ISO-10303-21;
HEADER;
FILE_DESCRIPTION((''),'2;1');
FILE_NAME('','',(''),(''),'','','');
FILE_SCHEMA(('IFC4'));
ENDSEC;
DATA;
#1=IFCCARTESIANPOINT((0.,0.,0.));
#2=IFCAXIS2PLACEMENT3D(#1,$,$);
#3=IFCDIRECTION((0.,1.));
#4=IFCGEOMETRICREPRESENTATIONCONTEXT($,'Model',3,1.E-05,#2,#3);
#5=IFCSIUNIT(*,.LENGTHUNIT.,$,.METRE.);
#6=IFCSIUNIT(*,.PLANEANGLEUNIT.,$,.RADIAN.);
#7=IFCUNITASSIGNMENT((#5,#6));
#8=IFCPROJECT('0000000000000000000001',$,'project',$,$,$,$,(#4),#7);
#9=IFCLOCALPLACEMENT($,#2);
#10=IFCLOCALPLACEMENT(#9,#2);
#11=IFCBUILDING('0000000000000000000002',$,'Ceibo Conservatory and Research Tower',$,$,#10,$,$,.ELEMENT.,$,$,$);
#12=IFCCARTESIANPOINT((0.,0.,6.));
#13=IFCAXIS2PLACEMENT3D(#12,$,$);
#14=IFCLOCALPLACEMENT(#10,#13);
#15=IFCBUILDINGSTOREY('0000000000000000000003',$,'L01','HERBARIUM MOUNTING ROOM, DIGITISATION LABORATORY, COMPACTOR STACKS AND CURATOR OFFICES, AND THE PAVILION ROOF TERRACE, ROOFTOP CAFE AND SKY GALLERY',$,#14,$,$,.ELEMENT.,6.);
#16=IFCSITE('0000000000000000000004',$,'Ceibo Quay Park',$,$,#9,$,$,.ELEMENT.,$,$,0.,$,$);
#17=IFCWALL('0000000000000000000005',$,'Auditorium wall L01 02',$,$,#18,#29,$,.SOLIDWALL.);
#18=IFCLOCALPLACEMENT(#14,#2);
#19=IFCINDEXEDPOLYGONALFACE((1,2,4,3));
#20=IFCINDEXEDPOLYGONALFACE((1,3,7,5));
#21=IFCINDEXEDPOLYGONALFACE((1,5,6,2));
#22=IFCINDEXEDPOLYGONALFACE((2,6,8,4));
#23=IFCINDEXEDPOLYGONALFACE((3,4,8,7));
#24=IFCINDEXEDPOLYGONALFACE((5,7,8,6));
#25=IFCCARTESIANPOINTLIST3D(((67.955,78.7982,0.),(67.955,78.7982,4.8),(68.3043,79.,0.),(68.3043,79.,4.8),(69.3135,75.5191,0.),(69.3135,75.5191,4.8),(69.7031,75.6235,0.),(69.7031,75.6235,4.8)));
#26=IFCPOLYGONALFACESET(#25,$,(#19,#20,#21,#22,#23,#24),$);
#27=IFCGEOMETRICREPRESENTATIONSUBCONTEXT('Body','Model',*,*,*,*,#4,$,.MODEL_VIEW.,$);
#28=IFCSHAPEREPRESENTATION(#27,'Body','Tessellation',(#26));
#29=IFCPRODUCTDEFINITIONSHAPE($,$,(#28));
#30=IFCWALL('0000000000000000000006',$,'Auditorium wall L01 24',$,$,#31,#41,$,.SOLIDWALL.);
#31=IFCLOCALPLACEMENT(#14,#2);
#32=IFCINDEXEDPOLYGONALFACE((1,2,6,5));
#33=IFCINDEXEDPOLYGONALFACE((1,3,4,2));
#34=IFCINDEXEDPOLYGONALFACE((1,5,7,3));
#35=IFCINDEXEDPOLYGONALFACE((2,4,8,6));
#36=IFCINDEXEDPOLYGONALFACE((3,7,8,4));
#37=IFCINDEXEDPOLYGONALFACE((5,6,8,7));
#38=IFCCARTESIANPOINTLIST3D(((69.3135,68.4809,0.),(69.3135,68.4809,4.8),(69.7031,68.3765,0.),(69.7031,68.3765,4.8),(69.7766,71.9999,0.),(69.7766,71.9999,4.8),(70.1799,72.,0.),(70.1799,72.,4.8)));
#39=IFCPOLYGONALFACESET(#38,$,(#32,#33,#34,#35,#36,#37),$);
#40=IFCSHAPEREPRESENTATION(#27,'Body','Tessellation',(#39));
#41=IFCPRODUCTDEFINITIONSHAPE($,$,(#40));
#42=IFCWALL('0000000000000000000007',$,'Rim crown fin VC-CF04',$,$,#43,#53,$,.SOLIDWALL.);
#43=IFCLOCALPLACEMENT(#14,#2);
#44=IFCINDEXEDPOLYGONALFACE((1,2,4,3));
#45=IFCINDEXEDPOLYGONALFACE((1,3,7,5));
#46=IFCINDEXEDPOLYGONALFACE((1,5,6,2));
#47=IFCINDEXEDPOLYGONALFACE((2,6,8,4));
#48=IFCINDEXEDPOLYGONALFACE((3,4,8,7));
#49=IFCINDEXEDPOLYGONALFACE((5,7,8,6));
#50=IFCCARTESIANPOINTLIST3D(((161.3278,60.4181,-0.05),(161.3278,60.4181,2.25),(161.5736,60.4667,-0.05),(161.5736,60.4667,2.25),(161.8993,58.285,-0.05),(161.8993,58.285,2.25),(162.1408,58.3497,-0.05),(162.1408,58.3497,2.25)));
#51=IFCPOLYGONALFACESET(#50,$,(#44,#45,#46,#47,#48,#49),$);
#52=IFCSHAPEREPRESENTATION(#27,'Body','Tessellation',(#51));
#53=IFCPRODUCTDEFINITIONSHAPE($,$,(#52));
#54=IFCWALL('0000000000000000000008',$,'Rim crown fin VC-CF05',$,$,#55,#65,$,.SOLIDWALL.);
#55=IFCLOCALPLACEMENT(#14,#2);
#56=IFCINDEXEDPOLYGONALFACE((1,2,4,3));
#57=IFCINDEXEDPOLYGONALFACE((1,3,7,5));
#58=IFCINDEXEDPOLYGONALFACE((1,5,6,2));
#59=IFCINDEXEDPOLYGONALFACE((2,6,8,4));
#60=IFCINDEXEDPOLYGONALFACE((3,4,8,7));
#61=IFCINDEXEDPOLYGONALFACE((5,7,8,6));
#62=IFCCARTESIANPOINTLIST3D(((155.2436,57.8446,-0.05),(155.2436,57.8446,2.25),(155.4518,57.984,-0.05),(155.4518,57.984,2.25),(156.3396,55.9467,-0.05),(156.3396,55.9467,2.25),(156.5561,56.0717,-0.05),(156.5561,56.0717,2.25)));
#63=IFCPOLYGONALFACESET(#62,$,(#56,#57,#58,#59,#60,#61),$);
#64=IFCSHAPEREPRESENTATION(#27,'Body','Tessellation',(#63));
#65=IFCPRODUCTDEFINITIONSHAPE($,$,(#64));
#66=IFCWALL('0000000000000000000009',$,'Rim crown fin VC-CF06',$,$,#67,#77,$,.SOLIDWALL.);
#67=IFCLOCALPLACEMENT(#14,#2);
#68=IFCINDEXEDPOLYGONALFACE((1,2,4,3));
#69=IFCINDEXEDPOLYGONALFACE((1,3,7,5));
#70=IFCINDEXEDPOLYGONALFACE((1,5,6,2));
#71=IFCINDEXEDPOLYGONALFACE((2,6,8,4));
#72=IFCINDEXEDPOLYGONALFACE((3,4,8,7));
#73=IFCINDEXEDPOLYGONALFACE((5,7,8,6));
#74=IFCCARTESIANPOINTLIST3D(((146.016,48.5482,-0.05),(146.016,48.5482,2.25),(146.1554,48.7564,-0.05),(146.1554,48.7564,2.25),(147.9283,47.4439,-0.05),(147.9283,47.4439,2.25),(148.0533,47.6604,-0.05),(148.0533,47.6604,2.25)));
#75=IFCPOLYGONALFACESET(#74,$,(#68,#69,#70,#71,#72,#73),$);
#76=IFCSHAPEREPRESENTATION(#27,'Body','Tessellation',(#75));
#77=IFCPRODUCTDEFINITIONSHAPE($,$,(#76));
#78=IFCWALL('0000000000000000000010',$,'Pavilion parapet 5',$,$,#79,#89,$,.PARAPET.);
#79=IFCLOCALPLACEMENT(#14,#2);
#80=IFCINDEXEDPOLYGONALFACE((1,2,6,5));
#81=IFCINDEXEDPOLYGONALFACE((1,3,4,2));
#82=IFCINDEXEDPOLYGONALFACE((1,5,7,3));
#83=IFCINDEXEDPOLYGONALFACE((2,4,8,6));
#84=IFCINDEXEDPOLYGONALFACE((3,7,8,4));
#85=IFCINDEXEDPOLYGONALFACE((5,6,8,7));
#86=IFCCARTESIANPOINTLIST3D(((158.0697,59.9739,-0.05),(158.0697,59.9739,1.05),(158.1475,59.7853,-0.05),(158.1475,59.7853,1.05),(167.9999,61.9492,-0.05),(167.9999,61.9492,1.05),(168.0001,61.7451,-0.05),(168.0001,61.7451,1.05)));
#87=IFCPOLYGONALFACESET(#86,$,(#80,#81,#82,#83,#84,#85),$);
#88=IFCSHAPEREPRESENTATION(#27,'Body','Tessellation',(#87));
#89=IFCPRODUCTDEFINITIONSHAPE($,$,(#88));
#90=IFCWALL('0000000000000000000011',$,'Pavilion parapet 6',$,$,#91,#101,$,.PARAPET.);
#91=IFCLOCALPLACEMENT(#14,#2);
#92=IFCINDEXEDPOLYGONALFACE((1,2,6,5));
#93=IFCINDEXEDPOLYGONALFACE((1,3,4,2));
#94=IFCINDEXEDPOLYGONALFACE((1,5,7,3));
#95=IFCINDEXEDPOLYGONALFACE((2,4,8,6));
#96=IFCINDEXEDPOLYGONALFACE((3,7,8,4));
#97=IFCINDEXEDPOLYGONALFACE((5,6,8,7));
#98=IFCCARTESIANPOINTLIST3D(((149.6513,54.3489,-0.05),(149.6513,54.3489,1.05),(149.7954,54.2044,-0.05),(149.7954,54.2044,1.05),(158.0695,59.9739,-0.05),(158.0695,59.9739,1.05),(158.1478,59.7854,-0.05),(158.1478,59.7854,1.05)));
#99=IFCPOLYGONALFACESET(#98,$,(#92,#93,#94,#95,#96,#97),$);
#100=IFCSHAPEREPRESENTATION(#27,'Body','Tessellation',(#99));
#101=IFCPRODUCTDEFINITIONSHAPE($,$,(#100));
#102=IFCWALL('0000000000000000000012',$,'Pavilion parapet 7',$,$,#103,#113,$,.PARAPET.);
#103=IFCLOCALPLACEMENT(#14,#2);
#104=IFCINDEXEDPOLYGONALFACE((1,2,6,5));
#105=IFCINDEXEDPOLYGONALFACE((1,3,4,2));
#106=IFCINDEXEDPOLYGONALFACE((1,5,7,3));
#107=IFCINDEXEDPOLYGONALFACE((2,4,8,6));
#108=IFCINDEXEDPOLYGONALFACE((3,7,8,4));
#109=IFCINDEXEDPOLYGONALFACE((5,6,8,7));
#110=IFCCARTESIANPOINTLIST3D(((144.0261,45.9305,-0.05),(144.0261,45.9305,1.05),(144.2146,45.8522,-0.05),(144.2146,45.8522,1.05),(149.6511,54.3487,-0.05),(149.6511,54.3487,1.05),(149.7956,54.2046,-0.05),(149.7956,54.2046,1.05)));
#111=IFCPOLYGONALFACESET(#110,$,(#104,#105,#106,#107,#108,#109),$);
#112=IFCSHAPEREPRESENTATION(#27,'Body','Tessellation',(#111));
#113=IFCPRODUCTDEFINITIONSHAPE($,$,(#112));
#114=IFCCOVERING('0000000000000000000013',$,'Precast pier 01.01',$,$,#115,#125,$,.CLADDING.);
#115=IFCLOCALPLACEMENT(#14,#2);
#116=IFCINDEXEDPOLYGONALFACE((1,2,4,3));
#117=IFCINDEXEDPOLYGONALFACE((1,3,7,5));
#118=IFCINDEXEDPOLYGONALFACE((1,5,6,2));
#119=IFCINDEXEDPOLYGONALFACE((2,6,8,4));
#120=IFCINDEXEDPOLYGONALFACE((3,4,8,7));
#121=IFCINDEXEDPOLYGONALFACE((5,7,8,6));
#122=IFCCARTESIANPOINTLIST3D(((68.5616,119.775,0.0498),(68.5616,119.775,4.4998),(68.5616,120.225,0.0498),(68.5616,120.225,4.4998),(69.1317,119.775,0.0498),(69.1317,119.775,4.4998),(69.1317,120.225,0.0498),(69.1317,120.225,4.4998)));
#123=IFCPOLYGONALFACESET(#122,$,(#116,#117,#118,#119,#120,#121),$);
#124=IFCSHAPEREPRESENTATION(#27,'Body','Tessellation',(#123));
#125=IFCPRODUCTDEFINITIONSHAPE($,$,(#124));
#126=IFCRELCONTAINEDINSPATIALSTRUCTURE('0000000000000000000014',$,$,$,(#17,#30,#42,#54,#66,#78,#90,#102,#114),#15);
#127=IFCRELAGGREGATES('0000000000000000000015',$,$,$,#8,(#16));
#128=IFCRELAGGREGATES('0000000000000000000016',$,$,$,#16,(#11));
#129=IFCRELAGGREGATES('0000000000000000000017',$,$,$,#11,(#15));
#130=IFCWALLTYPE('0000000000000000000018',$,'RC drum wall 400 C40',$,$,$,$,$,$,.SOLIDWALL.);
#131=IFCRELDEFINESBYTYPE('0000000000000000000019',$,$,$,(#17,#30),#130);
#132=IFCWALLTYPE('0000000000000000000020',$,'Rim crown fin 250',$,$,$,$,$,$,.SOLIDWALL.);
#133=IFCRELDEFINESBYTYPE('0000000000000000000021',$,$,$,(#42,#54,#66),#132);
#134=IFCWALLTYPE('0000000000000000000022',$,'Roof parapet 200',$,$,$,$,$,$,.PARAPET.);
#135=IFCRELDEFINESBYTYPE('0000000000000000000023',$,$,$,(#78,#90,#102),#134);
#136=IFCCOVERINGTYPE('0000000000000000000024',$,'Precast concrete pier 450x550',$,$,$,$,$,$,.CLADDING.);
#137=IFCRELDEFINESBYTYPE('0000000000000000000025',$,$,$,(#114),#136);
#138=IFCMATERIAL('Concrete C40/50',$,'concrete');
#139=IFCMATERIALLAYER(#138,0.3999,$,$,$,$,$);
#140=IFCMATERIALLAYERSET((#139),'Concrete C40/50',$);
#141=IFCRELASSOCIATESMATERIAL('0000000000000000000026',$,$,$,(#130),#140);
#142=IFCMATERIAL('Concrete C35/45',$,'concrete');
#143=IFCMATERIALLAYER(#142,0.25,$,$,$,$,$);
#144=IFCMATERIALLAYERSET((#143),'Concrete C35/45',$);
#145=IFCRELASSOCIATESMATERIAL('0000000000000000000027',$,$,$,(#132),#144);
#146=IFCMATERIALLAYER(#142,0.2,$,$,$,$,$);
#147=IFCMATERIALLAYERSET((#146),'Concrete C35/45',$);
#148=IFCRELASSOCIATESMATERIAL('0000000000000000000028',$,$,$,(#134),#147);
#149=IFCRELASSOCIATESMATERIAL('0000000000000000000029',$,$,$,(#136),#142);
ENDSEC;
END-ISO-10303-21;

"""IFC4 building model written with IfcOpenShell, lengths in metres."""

from ifc_helpers import new_model, si_unit, direction, frame, origin, origin_2d, place, context, subcontext, project, spatial, polyline, rectangle, outline, extrude, material, layer, layer_set, type_object, element, save


model = new_model("IFC4")

# Units and contexts
model_context = context("Model", 3, precision=1e-05, world=origin(), true_north=direction((0.0, 1.0)))
body_context = subcontext(model_context, "Body", "Model", "MODEL_VIEW")
ifc_project = project(units=[si_unit("LENGTHUNIT", "METRE"), si_unit("PLANEANGLEUNIT", "RADIAN")], contexts=[model_context])

# Site, building, storey
site_placement = place(None, origin())
site = spatial("IfcSite", under=ifc_project, at=site_placement, Name="Ceibo Quay Park", CompositionType="ELEMENT", RefElevation=0.0)
building_placement = place(site_placement, origin())
building = spatial("IfcBuilding", under=site, at=building_placement, Name="Ceibo Conservatory and Research Tower", CompositionType="ELEMENT")
storey_placement = place(building_placement, frame((0.0, 0.0, 6.0)))
storey = spatial("IfcBuildingStorey", under=building, at=storey_placement, Name="L01", Description="HERBARIUM MOUNTING ROOM, DIGITISATION LABORATORY, COMPACTOR STACKS AND CURATOR OFFICES, AND THE PAVILION ROOF TERRACE, ROOFTOP CAFE AND SKY GALLERY", CompositionType="ELEMENT", Elevation=6.0)

# Shared definitions
ifc_material_1 = material(Name="Concrete C35/45", Category="concrete")

# Walls
ifc_material_2 = material(Name="Concrete C40/50", Category="concrete")
ifc_layer_1 = layer(ifc_material_2, 0.3999)
ifc_layer_set_1 = layer_set([ifc_layer_1], Name="Concrete C40/50")
wall_type_1 = type_object("IfcWallType", Name="RC drum wall 400 C40", PredefinedType="SOLIDWALL", material=ifc_layer_set_1)
for number, where, z_axis, x_axis, name in (
    (1, (69.5083, 75.5713, 0.0), (0.0, 0.0, 1.0), (-0.382733, 0.923859, 0.0), "Auditorium wall L01 02"),
    (2, (69.5083, 68.4287, 0.0), (0.0, 0.0, 1.0), (0.130472, 0.991452, 0.0), "Auditorium wall L01 24"),
):
    element("IfcWall", number, at=place(storey_placement, frame(where, z_axis=z_axis, x_axis=x_axis)), inside=storey, type_object=wall_type_1, Name=name, PredefinedType="SOLIDWALL", context=body_context, shape_type="SweptSolid", body=[
        extrude(outline(polyline([(-0.0264, -0.2), (3.6284, -0.2), (3.5757, 0.2), (0.0264, 0.2), (-0.0264, -0.2)])), origin(), (0.0, 0.0, 1.0), 4.8),
    ])
ifc_layer_2 = layer(ifc_material_1, 0.25)
ifc_layer_set_2 = layer_set([ifc_layer_2], Name="Concrete C35/45")
wall_type_2 = type_object("IfcWallType", Name="Rim crown fin 250", PredefinedType="SOLIDWALL", material=ifc_layer_set_2)
wall_1_placement = place(storey_placement, frame((161.4507, 60.4424, -0.05), z_axis=(0.0, 0.0, 1.0), x_axis=(0.258795, -0.965932, 0.0)))
element("IfcWall", 3, at=wall_1_placement, inside=storey, type_object=wall_type_2, Name="Rim crown fin VC-CF04", PredefinedType="SOLIDWALL", context=body_context, shape_type="SweptSolid", body=[
    extrude(outline(polyline([(-0.0083, -0.125), (2.2, -0.125), (2.2, 0.125), (0.0083, 0.125), (-0.0083, -0.125)])), origin(), (0.0, 0.0, 1.0), 2.3),
])
wall_2_placement = place(storey_placement, frame((155.3477, 57.9143, -0.05), z_axis=(0.0, 0.0, 1.0), x_axis=(0.500078, -0.86598, 0.0)))
element("IfcWall", 4, at=wall_2_placement, inside=storey, type_object=wall_type_2, Name="Rim crown fin VC-CF05", PredefinedType="SOLIDWALL", context=body_context, shape_type="SweptSolid", body=[
    extrude(outline(polyline([(0.0083, -0.125), (2.2, -0.125), (2.2, 0.125), (-0.0083, 0.125), (0.0083, -0.125)])), origin(), (0.0, 0.0, 1.0), 2.3),
])
wall_3_placement = place(storey_placement, frame((146.0857, 48.6523, -0.05), z_axis=(0.0, 0.0, 1.0), x_axis=(0.86598, -0.500078, 0.0)))
element("IfcWall", 5, at=wall_3_placement, inside=storey, type_object=wall_type_2, Name="Rim crown fin VC-CF06", PredefinedType="SOLIDWALL", context=body_context, shape_type="SweptSolid", body=[
    extrude(outline(polyline([(-0.0083, -0.125), (2.2, -0.125), (2.2, 0.125), (0.0083, 0.125), (-0.0083, -0.125)])), origin(), (0.0, 0.0, 1.0), 2.3),
])
ifc_layer_3 = layer(ifc_material_1, 0.2)
ifc_layer_set_3 = layer_set([ifc_layer_3], Name="Concrete C35/45")
wall_type_3 = type_object("IfcWallType", Name="Roof parapet 200", PredefinedType="PARAPET", material=ifc_layer_set_3)
wall_4_placement = place(storey_placement, frame((168.0, 61.8472, -0.05), z_axis=(0.0, 0.0, 1.0), x_axis=(-0.980785, -0.195092, 0.0)))
element("IfcWall", 6, at=wall_4_placement, inside=storey, type_object=wall_type_3, Name="Pavilion parapet 5", PredefinedType="PARAPET", context=body_context, shape_type="SweptSolid", body=[
    extrude(outline(polyline([(-0.0198, -0.1001), (10.105, -0.1001), (10.0654, 0.1001), (0.0198, 0.1001), (-0.0198, -0.1001)])), origin(), (0.0, 0.0, 1.0), 1.1001),
])
for number, where, z_axis, x_axis, name in (
    (7, (158.1086, 59.8796, -0.05), (0.0, 0.0, 1.0), (-0.831461, -0.555583, 0.0), "Pavilion parapet 6"),
    (8, (149.7234, 54.2766, -0.05), (0.0, 0.0, 1.0), (-0.555583, -0.831461, 0.0), "Pavilion parapet 7"),
):
    element("IfcWall", number, at=place(storey_placement, frame(where, z_axis=z_axis, x_axis=x_axis)), inside=storey, type_object=wall_type_3, Name=name, PredefinedType="PARAPET", context=body_context, shape_type="SweptSolid", body=[
        extrude(outline(polyline([(-0.0198, -0.1001), (10.1047, -0.1001), (10.0652, 0.1001), (0.0198, 0.1001), (-0.0198, -0.1001)])), origin(), (0.0, 0.0, 1.0), 1.1001),
    ])

# Covering
covering_type = type_object("IfcCoveringType", Name="Precast concrete pier 450x550", PredefinedType="CLADDING", material=ifc_material_1)
covering_placement = place(storey_placement, frame((68.8467, 120.0, 0.0498), z_axis=(0.0, 0.0, 1.0), x_axis=(1.0, 0.0, 0.0)))
element("IfcCovering", 9, at=covering_placement, inside=storey, type_object=covering_type, Name="Precast pier 01.01", PredefinedType="CLADDING", context=body_context, shape_type="SweptSolid", body=[
    extrude(rectangle(XDim=0.5701, YDim=0.45, at=origin_2d()), origin(), (0.0, 0.0, 1.0), 4.45),
])

save(model, "model.ifc")
